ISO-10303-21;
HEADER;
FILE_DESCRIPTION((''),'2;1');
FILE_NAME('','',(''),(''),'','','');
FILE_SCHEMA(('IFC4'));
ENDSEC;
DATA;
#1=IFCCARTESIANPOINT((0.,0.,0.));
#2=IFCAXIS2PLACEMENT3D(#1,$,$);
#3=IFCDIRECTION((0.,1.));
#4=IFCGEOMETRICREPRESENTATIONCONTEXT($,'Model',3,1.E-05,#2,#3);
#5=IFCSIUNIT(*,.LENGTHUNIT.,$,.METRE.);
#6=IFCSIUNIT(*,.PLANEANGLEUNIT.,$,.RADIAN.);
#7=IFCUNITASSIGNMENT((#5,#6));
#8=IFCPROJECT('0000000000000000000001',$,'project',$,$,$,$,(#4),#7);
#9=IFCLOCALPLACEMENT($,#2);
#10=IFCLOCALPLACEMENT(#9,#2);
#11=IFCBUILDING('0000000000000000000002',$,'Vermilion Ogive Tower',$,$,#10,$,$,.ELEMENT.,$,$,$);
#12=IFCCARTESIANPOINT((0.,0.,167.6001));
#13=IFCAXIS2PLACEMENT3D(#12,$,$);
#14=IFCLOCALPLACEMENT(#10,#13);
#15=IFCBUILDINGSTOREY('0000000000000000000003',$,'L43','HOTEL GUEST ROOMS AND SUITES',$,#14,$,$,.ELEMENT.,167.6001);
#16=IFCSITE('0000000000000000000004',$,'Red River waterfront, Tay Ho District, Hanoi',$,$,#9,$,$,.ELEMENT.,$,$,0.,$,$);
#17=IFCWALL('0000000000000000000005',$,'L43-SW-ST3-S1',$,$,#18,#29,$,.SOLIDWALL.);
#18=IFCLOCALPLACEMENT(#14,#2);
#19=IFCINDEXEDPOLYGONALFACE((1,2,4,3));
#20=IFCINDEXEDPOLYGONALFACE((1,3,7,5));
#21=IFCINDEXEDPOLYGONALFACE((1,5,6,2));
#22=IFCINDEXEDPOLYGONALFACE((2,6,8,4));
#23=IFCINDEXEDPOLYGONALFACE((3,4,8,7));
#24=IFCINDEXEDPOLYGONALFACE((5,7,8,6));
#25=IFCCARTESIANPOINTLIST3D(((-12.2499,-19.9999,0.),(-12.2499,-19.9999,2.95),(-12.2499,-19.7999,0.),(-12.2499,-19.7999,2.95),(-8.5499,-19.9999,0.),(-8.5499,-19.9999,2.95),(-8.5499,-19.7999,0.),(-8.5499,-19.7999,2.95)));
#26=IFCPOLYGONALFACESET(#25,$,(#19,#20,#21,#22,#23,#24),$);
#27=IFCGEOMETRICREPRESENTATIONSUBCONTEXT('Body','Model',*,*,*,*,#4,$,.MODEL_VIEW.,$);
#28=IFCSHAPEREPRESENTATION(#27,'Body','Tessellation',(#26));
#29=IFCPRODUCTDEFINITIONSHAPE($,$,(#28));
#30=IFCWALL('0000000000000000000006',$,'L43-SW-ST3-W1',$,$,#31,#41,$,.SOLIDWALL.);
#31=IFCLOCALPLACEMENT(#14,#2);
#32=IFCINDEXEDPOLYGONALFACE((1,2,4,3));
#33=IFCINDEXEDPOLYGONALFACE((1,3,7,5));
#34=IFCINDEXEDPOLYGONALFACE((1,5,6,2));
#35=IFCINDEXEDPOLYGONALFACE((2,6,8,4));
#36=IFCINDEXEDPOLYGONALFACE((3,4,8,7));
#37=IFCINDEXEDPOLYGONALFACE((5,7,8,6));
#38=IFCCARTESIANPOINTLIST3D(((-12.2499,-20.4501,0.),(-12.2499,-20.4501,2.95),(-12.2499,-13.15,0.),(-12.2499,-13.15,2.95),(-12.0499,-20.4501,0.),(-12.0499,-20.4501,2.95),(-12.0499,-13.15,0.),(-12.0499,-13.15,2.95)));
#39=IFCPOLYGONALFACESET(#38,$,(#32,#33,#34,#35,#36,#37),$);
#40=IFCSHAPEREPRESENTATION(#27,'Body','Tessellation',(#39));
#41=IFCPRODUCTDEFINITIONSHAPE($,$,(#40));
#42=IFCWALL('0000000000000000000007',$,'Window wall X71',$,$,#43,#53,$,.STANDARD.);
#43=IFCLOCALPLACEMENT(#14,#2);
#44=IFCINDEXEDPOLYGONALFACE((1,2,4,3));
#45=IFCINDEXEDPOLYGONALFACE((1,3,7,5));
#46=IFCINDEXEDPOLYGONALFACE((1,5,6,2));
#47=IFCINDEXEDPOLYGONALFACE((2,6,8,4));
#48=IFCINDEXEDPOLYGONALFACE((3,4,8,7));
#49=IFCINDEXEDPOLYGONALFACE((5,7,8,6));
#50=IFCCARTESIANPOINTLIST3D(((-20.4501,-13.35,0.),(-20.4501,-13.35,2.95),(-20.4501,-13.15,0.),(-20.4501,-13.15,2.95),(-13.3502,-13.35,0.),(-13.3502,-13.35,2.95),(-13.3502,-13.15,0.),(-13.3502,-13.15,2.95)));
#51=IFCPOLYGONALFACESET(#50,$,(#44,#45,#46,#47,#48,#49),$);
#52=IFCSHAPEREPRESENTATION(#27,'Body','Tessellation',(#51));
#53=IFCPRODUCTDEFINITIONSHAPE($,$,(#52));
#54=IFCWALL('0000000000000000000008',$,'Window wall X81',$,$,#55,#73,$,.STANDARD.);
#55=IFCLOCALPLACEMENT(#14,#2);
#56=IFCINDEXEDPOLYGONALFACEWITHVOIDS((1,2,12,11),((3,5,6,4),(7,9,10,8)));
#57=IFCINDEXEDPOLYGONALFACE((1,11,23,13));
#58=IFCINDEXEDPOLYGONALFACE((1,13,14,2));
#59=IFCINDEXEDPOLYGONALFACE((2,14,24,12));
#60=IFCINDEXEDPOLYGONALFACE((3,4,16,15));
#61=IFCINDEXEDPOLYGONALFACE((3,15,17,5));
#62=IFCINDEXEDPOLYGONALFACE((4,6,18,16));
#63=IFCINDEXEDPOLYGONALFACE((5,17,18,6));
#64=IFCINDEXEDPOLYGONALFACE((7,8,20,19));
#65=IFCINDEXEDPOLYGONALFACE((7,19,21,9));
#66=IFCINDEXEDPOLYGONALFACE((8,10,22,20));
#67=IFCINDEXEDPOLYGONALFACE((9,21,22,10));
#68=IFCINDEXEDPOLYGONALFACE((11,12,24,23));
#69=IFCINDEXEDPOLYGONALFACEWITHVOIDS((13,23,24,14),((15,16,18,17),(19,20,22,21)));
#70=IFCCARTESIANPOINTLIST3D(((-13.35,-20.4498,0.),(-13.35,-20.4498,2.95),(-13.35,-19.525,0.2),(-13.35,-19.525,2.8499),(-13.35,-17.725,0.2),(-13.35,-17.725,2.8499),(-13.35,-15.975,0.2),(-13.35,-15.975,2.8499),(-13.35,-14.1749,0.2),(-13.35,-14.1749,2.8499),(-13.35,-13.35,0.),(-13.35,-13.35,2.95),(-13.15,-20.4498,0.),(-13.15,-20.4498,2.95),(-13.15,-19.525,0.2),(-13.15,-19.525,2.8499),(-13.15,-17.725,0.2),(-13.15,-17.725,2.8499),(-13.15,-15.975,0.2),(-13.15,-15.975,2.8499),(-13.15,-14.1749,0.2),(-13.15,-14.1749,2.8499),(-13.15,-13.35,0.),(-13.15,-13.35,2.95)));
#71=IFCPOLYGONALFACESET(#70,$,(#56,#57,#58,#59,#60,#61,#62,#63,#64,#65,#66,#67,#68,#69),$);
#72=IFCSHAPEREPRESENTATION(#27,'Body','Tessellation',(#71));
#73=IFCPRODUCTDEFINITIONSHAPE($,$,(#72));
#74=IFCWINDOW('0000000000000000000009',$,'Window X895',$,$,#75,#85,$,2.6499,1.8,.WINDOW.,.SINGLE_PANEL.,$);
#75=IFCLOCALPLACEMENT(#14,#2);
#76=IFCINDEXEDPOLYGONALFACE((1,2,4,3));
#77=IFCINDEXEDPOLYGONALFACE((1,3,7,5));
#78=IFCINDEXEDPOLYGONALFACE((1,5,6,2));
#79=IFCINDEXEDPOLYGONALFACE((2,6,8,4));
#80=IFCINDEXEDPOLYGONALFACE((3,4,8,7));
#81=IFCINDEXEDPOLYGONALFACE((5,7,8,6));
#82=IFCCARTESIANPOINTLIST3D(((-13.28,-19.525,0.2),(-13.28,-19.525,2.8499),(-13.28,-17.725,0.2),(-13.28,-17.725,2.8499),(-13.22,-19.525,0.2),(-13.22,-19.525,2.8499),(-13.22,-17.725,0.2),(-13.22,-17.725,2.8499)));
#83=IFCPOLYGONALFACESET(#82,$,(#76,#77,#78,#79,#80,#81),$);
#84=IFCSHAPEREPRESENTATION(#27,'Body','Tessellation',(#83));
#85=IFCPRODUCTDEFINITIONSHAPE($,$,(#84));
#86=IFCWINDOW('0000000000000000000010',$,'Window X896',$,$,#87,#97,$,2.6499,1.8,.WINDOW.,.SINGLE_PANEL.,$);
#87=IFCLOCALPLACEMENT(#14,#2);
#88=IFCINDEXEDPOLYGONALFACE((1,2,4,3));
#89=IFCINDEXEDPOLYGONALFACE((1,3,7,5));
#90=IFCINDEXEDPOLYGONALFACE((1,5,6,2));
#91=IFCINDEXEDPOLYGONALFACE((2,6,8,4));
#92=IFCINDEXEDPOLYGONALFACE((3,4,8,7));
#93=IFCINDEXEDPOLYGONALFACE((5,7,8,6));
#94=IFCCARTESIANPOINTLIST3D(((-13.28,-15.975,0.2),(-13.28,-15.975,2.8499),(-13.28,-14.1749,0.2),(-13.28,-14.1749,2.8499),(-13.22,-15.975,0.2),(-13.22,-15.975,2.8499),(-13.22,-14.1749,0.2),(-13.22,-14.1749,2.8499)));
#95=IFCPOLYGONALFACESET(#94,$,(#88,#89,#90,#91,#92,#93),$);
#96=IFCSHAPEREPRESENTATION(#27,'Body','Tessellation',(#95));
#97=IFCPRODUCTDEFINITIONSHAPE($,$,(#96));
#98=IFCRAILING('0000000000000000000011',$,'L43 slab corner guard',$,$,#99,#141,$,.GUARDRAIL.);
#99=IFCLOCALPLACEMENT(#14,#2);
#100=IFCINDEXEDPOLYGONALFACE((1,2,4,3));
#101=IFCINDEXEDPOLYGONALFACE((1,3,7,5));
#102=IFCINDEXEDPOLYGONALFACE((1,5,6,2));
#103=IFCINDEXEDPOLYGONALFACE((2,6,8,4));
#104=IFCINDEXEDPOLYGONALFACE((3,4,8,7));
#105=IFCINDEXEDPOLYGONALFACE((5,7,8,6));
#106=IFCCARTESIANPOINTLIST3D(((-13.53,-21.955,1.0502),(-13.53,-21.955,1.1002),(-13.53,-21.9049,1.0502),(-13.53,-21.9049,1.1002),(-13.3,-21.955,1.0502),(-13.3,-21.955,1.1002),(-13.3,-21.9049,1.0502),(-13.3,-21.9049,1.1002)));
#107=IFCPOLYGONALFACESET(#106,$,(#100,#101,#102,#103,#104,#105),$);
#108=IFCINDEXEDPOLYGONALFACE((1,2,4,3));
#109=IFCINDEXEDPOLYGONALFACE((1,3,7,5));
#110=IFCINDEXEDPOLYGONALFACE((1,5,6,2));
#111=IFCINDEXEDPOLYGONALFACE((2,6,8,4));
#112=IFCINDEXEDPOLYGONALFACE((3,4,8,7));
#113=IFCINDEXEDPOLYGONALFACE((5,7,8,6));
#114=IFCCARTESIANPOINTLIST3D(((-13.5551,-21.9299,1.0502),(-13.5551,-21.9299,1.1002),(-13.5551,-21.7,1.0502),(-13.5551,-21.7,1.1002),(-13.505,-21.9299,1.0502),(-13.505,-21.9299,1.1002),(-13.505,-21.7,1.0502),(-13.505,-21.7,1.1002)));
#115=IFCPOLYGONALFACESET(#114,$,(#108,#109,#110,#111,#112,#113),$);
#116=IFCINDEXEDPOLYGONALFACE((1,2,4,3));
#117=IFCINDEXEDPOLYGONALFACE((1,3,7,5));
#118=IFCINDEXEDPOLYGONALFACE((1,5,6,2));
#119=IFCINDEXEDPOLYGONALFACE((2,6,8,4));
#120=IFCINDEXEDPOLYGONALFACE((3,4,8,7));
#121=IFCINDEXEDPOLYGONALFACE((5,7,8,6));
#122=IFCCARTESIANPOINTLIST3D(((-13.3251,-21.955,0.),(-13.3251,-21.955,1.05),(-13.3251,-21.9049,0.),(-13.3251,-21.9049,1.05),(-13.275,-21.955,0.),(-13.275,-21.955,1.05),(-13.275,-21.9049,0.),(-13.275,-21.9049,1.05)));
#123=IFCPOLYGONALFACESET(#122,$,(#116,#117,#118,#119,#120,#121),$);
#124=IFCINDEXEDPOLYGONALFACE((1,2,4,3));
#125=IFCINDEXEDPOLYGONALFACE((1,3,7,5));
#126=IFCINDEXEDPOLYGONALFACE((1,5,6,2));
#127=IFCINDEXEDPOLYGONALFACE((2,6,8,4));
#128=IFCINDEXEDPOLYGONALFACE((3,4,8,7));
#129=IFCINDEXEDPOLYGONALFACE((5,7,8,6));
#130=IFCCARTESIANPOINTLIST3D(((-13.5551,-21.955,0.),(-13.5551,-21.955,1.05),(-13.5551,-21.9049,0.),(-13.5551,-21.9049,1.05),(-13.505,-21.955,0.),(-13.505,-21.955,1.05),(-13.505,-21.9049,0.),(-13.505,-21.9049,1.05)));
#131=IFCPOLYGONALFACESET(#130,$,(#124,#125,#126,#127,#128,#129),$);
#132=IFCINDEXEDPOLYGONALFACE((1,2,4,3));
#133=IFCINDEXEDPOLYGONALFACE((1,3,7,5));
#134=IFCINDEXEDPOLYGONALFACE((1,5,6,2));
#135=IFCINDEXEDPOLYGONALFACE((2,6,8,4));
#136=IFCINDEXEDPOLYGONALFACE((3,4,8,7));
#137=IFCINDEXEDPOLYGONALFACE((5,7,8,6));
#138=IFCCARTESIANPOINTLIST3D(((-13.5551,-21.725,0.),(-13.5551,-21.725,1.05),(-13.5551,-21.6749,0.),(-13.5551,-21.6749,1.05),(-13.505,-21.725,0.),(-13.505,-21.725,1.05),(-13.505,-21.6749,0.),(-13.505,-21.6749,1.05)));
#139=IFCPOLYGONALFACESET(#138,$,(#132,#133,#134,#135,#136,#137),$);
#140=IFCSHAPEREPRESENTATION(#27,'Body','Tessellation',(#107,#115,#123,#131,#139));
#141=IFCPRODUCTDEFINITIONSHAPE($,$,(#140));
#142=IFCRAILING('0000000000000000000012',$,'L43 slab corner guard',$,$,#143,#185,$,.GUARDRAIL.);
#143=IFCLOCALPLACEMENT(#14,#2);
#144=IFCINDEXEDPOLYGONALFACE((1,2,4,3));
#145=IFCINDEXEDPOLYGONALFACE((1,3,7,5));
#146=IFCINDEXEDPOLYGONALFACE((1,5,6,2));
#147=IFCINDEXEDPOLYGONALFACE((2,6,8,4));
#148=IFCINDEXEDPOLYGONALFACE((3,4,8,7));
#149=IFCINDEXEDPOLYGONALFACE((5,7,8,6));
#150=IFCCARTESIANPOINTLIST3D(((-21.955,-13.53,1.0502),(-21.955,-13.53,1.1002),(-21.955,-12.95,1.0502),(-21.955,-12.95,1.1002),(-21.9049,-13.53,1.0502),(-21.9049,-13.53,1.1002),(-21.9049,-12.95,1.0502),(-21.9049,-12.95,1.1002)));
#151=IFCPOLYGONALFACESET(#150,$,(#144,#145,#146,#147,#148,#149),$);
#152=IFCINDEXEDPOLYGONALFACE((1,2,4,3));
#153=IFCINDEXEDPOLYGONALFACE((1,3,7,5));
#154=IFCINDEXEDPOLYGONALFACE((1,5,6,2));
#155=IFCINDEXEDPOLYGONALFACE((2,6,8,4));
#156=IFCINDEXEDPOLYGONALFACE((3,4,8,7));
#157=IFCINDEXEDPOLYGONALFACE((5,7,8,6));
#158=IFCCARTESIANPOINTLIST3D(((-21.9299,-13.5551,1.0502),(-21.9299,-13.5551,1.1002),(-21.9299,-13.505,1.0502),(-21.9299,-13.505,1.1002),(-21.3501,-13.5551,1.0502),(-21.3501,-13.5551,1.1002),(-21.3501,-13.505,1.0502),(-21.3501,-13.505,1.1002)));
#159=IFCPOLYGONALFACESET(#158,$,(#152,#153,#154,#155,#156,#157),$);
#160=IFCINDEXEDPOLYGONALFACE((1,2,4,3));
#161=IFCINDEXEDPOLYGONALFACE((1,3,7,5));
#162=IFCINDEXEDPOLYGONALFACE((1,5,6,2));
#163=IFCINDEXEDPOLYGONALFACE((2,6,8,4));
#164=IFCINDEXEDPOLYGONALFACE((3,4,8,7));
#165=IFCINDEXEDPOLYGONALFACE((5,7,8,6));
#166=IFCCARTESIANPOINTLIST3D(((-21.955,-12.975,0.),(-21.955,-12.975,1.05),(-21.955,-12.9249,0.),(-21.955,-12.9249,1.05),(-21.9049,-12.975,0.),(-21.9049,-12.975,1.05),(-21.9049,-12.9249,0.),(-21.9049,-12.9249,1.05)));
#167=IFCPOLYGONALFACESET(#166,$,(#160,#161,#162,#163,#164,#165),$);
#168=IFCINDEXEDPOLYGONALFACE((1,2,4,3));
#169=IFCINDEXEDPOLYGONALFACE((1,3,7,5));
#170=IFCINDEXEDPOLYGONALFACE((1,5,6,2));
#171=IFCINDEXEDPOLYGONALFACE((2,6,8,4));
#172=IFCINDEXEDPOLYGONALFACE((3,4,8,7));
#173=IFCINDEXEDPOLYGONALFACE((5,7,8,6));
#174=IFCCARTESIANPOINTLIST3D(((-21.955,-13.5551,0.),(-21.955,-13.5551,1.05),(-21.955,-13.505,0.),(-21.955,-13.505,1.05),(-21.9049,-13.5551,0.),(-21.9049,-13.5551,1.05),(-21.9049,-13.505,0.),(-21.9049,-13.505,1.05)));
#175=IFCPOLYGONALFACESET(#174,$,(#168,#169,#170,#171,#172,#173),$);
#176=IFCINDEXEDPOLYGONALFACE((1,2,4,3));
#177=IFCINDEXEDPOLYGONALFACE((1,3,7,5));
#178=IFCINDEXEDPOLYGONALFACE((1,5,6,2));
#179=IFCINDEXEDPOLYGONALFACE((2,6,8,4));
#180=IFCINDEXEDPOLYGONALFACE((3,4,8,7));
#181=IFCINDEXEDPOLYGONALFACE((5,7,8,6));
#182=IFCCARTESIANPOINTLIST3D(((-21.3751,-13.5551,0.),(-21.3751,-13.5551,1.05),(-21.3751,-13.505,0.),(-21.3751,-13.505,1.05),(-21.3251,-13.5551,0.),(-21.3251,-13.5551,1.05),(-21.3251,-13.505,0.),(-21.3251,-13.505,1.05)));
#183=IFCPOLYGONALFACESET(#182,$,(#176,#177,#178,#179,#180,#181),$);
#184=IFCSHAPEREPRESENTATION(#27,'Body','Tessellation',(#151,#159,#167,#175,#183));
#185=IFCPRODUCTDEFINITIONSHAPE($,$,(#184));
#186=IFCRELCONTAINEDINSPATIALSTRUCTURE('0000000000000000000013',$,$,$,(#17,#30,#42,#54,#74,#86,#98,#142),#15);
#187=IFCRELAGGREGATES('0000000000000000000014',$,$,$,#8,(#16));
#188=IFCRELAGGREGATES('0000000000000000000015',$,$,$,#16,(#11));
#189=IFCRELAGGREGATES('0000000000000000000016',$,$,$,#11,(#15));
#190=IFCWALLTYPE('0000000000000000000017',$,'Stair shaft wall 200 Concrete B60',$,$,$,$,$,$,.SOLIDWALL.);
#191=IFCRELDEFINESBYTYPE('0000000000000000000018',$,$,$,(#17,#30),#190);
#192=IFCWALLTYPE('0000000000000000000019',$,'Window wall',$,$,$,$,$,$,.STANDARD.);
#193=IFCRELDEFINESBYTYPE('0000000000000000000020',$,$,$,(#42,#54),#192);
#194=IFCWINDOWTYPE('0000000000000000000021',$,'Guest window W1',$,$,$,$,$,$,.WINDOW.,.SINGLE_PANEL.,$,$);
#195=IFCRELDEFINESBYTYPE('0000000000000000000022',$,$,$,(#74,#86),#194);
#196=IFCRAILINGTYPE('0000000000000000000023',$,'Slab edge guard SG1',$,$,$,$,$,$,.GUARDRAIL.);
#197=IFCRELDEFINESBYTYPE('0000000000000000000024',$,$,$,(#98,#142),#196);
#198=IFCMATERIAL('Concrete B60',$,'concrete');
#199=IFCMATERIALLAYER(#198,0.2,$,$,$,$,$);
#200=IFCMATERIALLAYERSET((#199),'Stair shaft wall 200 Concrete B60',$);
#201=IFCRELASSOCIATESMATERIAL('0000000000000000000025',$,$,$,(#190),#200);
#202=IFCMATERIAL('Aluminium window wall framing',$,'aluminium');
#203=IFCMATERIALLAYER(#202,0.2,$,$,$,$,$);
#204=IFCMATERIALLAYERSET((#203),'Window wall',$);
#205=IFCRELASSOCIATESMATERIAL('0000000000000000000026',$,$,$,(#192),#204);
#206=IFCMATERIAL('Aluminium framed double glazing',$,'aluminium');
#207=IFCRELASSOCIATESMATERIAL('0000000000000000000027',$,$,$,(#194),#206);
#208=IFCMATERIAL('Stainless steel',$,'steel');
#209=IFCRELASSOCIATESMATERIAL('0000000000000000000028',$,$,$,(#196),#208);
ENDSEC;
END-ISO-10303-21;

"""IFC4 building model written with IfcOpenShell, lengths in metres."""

from ifc_helpers import new_model, si_unit, direction, frame, frame_2d, origin, origin_2d, place, context, subcontext, project, spatial, rectangle, extrude, material, layer, layer_set, type_object, element, fill, save


model = new_model("IFC4")

# Units and contexts
model_context = context("Model", 3, precision=1e-05, world=origin(), true_north=direction((0.0, 1.0)))
body_context = subcontext(model_context, "Body", "Model", "MODEL_VIEW")
ifc_project = project(units=[si_unit("LENGTHUNIT", "METRE"), si_unit("PLANEANGLEUNIT", "RADIAN")], contexts=[model_context])

# Site, building, storey
site_placement = place(None, origin())
site = spatial("IfcSite", under=ifc_project, at=site_placement, Name="Red River waterfront, Tay Ho District, Hanoi", CompositionType="ELEMENT", RefElevation=0.0)
building_placement = place(site_placement, origin())
building = spatial("IfcBuilding", under=site, at=building_placement, Name="Vermilion Ogive Tower", CompositionType="ELEMENT")
storey_placement = place(building_placement, frame((0.0, 0.0, 167.6001)))
storey = spatial("IfcBuildingStorey", under=building, at=storey_placement, Name="L43", Description="HOTEL GUEST ROOMS AND SUITES", CompositionType="ELEMENT", Elevation=167.6001)

# Shared definitions
ifc_material_1 = material(Name="Concrete B60", Category="concrete")
ifc_layer_1 = layer(ifc_material_1, 0.2)
ifc_layer_set_1 = layer_set([ifc_layer_1], Name="Stair shaft wall 200 Concrete B60")
wall_type_1 = type_object("IfcWallType", Name="Stair shaft wall 200 Concrete B60", PredefinedType="SOLIDWALL", material=ifc_layer_set_1)

# Walls
wall_1_placement = place(storey_placement, frame((-12.25, -19.8999, 0.0), z_axis=(0.0, 0.0, 1.0), x_axis=(1.0, 0.0, 0.0)))
element("IfcWall", 1, at=wall_1_placement, inside=storey, type_object=wall_type_1, Name="L43-SW-ST3-S1", PredefinedType="SOLIDWALL", context=body_context, shape_type="SweptSolid", body=[
    extrude(rectangle(XDim=3.7, YDim=0.2, at=frame_2d((1.8501, 0.0))), origin(), (0.0, 0.0, 1.0), 2.95),
])
wall_2_placement = place(storey_placement, frame((-12.1499, -20.45, 0.0), z_axis=(0.0, 0.0, 1.0), x_axis=(0.0, 1.0, 0.0)))
element("IfcWall", 2, at=wall_2_placement, inside=storey, type_object=wall_type_1, Name="L43-SW-ST3-W1", PredefinedType="SOLIDWALL", context=body_context, shape_type="SweptSolid", body=[
    extrude(rectangle(XDim=7.3, YDim=0.2, at=frame_2d((3.6499, 0.0))), origin(), (0.0, 0.0, 1.0), 2.95),
])
ifc_material_2 = material(Name="Aluminium window wall framing", Category="aluminium")
ifc_layer_2 = layer(ifc_material_2, 0.2)
ifc_layer_set_2 = layer_set([ifc_layer_2], Name="Window wall")
wall_type_2 = type_object("IfcWallType", Name="Window wall", PredefinedType="STANDARD", material=ifc_layer_set_2)
wall_3_placement = place(storey_placement, frame((-20.45, -13.25, 0.0), z_axis=(0.0, 0.0, 1.0), x_axis=(1.0, 0.0, 0.0)))
element("IfcWall", 3, at=wall_3_placement, inside=storey, type_object=wall_type_2, Name="Window wall X71", PredefinedType="STANDARD", context=body_context, shape_type="SweptSolid", body=[
    extrude(rectangle(XDim=7.0999, YDim=0.2, at=frame_2d((3.5498, 0.0))), origin(), (0.0, 0.0, 1.0), 2.95),
])

# Wall, openings, windows
wall_4_placement = place(storey_placement, frame((-13.25, -13.3501, 0.0), z_axis=(0.0, 0.0, 1.0), x_axis=(0.0, -1.0, 0.0)))
wall_4 = element("IfcWall", 4, at=wall_4_placement, inside=storey, type_object=wall_type_2, Name="Window wall X81", PredefinedType="STANDARD", context=body_context, shape_type="SweptSolid", body=[
    extrude(rectangle(XDim=7.0999, YDim=0.2, at=frame_2d((3.5498, 0.0))), origin(), (0.0, 0.0, 1.0), 2.95),
])
opening_1_placement = place(wall_4_placement, frame((4.375, 0.0, 0.2)))
opening_1 = element("IfcOpeningElement", 5, at=opening_1_placement, cuts=wall_4, PredefinedType="OPENING", context=body_context, shape_type="SweptSolid", body=[
    extrude(rectangle(XDim=1.8, YDim=2.6499, at=frame_2d((0.8999, 1.325))), frame((0.0, 0.1099, 0.0), z_axis=(0.0, -1.0, 0.0), x_axis=(1.0, 0.0, 0.0)), (0.0, 0.0, 1.0), 0.22),
])
opening_2_placement = place(wall_4_placement, frame((0.825, 0.0, 0.2)))
opening_2 = element("IfcOpeningElement", 6, at=opening_2_placement, cuts=wall_4, PredefinedType="OPENING", context=body_context, shape_type="SweptSolid", body=[
    extrude(rectangle(XDim=1.8, YDim=2.6499, at=frame_2d((0.8999, 1.325))), frame((0.0, 0.1099, 0.0), z_axis=(0.0, -1.0, 0.0), x_axis=(1.0, 0.0, 0.0)), (0.0, 0.0, 1.0), 0.22),
])
ifc_material_3 = material(Name="Aluminium framed double glazing", Category="aluminium")
window_type = type_object("IfcWindowType", Name="Guest window W1", PartitioningType="SINGLE_PANEL", PredefinedType="WINDOW", material=ifc_material_3)
window_1_placement = place(opening_1_placement, origin())
window_1 = element("IfcWindow", 7, at=window_1_placement, inside=storey, type_object=window_type, Name="Window X895", OverallHeight=2.6499, OverallWidth=1.8, PartitioningType="SINGLE_PANEL", PredefinedType="WINDOW", context=body_context, shape_type="SweptSolid", body=[
    extrude(rectangle(XDim=1.8, YDim=2.6499, at=frame_2d((0.8999, 1.325))), frame((0.0, 0.03, 0.0), z_axis=(0.0, -1.0, 0.0), x_axis=(1.0, 0.0, 0.0)), (0.0, 0.0, 1.0), 0.0601),
])
fill(opening_1, window_1)
window_2_placement = place(opening_2_placement, origin())
window_2 = element("IfcWindow", 8, at=window_2_placement, inside=storey, type_object=window_type, Name="Window X896", OverallHeight=2.6499, OverallWidth=1.8, PartitioningType="SINGLE_PANEL", PredefinedType="WINDOW", context=body_context, shape_type="SweptSolid", body=[
    extrude(rectangle(XDim=1.8, YDim=2.6499, at=frame_2d((0.8999, 1.325))), frame((0.0, 0.03, 0.0), z_axis=(0.0, -1.0, 0.0), x_axis=(1.0, 0.0, 0.0)), (0.0, 0.0, 1.0), 0.0601),
])
fill(opening_2, window_2)

# Railings
ifc_material_4 = material(Name="Stainless steel", Category="steel")
railing_type_1 = type_object("IfcRailingType", Name="Slab edge guard SG1", PredefinedType="GUARDRAIL", material=ifc_material_4)
railing_1_placement = place(storey_placement, frame((-13.3, -21.9299, 0.0)))
element("IfcRailing", 9, at=railing_1_placement, inside=storey, type_object=railing_type_1, Name="L43 slab corner guard", PredefinedType="GUARDRAIL", context=body_context, shape_type="SweptSolid", body=[
    extrude(rectangle(XDim=0.05, YDim=0.05, at=origin_2d()), frame((0.0, 0.0, 1.0752), z_axis=(-1.0, 0.0, 0.0), x_axis=(0.0, -1.0, 0.0)), (0.0, 0.0, 1.0), 0.23),
    extrude(rectangle(XDim=0.05, YDim=0.05, at=origin_2d()), frame((-0.23, 0.0, 1.0752), z_axis=(0.0, 1.0, 0.0), x_axis=(-1.0, 0.0, 0.0)), (0.0, 0.0, 1.0), 0.23),
    extrude(rectangle(XDim=0.05, YDim=0.05, at=origin_2d()), origin(), (0.0, 0.0, 1.0), 1.05),
    extrude(rectangle(XDim=0.05, YDim=0.05, at=origin_2d()), frame((-0.23, 0.0, 0.0)), (0.0, 0.0, 1.0), 1.05),
    extrude(rectangle(XDim=0.05, YDim=0.05, at=origin_2d()), frame((-0.23, 0.23, 0.0)), (0.0, 0.0, 1.0), 1.05),
])
railing_2_placement = place(storey_placement, frame((-21.9299, -12.95, 0.0)))
element("IfcRailing", 10, at=railing_2_placement, inside=storey, type_object=railing_type_1, Name="L43 slab corner guard", PredefinedType="GUARDRAIL", context=body_context, shape_type="SweptSolid", body=[
    extrude(rectangle(XDim=0.05, YDim=0.05, at=origin_2d()), frame((0.0, 0.0, 1.0752), z_axis=(0.0, -1.0, 0.0), x_axis=(1.0, 0.0, 0.0)), (0.0, 0.0, 1.0), 0.5801),
    extrude(rectangle(XDim=0.05, YDim=0.05, at=origin_2d()), frame((0.0, -0.5801, 1.0752), z_axis=(1.0, 0.0, 0.0), x_axis=(0.0, 1.0, 0.0)), (0.0, 0.0, 1.0), 0.5798),
    extrude(rectangle(XDim=0.05, YDim=0.05, at=origin_2d()), origin(), (0.0, 0.0, 1.0), 1.05),
    extrude(rectangle(XDim=0.05, YDim=0.05, at=origin_2d()), frame((0.0, -0.5801, 0.0)), (0.0, 0.0, 1.0), 1.05),
    extrude(rectangle(XDim=0.05, YDim=0.05, at=origin_2d()), frame((0.5798, -0.5801, 0.0)), (0.0, 0.0, 1.0), 1.05),
])

save(model, "model.ifc")
